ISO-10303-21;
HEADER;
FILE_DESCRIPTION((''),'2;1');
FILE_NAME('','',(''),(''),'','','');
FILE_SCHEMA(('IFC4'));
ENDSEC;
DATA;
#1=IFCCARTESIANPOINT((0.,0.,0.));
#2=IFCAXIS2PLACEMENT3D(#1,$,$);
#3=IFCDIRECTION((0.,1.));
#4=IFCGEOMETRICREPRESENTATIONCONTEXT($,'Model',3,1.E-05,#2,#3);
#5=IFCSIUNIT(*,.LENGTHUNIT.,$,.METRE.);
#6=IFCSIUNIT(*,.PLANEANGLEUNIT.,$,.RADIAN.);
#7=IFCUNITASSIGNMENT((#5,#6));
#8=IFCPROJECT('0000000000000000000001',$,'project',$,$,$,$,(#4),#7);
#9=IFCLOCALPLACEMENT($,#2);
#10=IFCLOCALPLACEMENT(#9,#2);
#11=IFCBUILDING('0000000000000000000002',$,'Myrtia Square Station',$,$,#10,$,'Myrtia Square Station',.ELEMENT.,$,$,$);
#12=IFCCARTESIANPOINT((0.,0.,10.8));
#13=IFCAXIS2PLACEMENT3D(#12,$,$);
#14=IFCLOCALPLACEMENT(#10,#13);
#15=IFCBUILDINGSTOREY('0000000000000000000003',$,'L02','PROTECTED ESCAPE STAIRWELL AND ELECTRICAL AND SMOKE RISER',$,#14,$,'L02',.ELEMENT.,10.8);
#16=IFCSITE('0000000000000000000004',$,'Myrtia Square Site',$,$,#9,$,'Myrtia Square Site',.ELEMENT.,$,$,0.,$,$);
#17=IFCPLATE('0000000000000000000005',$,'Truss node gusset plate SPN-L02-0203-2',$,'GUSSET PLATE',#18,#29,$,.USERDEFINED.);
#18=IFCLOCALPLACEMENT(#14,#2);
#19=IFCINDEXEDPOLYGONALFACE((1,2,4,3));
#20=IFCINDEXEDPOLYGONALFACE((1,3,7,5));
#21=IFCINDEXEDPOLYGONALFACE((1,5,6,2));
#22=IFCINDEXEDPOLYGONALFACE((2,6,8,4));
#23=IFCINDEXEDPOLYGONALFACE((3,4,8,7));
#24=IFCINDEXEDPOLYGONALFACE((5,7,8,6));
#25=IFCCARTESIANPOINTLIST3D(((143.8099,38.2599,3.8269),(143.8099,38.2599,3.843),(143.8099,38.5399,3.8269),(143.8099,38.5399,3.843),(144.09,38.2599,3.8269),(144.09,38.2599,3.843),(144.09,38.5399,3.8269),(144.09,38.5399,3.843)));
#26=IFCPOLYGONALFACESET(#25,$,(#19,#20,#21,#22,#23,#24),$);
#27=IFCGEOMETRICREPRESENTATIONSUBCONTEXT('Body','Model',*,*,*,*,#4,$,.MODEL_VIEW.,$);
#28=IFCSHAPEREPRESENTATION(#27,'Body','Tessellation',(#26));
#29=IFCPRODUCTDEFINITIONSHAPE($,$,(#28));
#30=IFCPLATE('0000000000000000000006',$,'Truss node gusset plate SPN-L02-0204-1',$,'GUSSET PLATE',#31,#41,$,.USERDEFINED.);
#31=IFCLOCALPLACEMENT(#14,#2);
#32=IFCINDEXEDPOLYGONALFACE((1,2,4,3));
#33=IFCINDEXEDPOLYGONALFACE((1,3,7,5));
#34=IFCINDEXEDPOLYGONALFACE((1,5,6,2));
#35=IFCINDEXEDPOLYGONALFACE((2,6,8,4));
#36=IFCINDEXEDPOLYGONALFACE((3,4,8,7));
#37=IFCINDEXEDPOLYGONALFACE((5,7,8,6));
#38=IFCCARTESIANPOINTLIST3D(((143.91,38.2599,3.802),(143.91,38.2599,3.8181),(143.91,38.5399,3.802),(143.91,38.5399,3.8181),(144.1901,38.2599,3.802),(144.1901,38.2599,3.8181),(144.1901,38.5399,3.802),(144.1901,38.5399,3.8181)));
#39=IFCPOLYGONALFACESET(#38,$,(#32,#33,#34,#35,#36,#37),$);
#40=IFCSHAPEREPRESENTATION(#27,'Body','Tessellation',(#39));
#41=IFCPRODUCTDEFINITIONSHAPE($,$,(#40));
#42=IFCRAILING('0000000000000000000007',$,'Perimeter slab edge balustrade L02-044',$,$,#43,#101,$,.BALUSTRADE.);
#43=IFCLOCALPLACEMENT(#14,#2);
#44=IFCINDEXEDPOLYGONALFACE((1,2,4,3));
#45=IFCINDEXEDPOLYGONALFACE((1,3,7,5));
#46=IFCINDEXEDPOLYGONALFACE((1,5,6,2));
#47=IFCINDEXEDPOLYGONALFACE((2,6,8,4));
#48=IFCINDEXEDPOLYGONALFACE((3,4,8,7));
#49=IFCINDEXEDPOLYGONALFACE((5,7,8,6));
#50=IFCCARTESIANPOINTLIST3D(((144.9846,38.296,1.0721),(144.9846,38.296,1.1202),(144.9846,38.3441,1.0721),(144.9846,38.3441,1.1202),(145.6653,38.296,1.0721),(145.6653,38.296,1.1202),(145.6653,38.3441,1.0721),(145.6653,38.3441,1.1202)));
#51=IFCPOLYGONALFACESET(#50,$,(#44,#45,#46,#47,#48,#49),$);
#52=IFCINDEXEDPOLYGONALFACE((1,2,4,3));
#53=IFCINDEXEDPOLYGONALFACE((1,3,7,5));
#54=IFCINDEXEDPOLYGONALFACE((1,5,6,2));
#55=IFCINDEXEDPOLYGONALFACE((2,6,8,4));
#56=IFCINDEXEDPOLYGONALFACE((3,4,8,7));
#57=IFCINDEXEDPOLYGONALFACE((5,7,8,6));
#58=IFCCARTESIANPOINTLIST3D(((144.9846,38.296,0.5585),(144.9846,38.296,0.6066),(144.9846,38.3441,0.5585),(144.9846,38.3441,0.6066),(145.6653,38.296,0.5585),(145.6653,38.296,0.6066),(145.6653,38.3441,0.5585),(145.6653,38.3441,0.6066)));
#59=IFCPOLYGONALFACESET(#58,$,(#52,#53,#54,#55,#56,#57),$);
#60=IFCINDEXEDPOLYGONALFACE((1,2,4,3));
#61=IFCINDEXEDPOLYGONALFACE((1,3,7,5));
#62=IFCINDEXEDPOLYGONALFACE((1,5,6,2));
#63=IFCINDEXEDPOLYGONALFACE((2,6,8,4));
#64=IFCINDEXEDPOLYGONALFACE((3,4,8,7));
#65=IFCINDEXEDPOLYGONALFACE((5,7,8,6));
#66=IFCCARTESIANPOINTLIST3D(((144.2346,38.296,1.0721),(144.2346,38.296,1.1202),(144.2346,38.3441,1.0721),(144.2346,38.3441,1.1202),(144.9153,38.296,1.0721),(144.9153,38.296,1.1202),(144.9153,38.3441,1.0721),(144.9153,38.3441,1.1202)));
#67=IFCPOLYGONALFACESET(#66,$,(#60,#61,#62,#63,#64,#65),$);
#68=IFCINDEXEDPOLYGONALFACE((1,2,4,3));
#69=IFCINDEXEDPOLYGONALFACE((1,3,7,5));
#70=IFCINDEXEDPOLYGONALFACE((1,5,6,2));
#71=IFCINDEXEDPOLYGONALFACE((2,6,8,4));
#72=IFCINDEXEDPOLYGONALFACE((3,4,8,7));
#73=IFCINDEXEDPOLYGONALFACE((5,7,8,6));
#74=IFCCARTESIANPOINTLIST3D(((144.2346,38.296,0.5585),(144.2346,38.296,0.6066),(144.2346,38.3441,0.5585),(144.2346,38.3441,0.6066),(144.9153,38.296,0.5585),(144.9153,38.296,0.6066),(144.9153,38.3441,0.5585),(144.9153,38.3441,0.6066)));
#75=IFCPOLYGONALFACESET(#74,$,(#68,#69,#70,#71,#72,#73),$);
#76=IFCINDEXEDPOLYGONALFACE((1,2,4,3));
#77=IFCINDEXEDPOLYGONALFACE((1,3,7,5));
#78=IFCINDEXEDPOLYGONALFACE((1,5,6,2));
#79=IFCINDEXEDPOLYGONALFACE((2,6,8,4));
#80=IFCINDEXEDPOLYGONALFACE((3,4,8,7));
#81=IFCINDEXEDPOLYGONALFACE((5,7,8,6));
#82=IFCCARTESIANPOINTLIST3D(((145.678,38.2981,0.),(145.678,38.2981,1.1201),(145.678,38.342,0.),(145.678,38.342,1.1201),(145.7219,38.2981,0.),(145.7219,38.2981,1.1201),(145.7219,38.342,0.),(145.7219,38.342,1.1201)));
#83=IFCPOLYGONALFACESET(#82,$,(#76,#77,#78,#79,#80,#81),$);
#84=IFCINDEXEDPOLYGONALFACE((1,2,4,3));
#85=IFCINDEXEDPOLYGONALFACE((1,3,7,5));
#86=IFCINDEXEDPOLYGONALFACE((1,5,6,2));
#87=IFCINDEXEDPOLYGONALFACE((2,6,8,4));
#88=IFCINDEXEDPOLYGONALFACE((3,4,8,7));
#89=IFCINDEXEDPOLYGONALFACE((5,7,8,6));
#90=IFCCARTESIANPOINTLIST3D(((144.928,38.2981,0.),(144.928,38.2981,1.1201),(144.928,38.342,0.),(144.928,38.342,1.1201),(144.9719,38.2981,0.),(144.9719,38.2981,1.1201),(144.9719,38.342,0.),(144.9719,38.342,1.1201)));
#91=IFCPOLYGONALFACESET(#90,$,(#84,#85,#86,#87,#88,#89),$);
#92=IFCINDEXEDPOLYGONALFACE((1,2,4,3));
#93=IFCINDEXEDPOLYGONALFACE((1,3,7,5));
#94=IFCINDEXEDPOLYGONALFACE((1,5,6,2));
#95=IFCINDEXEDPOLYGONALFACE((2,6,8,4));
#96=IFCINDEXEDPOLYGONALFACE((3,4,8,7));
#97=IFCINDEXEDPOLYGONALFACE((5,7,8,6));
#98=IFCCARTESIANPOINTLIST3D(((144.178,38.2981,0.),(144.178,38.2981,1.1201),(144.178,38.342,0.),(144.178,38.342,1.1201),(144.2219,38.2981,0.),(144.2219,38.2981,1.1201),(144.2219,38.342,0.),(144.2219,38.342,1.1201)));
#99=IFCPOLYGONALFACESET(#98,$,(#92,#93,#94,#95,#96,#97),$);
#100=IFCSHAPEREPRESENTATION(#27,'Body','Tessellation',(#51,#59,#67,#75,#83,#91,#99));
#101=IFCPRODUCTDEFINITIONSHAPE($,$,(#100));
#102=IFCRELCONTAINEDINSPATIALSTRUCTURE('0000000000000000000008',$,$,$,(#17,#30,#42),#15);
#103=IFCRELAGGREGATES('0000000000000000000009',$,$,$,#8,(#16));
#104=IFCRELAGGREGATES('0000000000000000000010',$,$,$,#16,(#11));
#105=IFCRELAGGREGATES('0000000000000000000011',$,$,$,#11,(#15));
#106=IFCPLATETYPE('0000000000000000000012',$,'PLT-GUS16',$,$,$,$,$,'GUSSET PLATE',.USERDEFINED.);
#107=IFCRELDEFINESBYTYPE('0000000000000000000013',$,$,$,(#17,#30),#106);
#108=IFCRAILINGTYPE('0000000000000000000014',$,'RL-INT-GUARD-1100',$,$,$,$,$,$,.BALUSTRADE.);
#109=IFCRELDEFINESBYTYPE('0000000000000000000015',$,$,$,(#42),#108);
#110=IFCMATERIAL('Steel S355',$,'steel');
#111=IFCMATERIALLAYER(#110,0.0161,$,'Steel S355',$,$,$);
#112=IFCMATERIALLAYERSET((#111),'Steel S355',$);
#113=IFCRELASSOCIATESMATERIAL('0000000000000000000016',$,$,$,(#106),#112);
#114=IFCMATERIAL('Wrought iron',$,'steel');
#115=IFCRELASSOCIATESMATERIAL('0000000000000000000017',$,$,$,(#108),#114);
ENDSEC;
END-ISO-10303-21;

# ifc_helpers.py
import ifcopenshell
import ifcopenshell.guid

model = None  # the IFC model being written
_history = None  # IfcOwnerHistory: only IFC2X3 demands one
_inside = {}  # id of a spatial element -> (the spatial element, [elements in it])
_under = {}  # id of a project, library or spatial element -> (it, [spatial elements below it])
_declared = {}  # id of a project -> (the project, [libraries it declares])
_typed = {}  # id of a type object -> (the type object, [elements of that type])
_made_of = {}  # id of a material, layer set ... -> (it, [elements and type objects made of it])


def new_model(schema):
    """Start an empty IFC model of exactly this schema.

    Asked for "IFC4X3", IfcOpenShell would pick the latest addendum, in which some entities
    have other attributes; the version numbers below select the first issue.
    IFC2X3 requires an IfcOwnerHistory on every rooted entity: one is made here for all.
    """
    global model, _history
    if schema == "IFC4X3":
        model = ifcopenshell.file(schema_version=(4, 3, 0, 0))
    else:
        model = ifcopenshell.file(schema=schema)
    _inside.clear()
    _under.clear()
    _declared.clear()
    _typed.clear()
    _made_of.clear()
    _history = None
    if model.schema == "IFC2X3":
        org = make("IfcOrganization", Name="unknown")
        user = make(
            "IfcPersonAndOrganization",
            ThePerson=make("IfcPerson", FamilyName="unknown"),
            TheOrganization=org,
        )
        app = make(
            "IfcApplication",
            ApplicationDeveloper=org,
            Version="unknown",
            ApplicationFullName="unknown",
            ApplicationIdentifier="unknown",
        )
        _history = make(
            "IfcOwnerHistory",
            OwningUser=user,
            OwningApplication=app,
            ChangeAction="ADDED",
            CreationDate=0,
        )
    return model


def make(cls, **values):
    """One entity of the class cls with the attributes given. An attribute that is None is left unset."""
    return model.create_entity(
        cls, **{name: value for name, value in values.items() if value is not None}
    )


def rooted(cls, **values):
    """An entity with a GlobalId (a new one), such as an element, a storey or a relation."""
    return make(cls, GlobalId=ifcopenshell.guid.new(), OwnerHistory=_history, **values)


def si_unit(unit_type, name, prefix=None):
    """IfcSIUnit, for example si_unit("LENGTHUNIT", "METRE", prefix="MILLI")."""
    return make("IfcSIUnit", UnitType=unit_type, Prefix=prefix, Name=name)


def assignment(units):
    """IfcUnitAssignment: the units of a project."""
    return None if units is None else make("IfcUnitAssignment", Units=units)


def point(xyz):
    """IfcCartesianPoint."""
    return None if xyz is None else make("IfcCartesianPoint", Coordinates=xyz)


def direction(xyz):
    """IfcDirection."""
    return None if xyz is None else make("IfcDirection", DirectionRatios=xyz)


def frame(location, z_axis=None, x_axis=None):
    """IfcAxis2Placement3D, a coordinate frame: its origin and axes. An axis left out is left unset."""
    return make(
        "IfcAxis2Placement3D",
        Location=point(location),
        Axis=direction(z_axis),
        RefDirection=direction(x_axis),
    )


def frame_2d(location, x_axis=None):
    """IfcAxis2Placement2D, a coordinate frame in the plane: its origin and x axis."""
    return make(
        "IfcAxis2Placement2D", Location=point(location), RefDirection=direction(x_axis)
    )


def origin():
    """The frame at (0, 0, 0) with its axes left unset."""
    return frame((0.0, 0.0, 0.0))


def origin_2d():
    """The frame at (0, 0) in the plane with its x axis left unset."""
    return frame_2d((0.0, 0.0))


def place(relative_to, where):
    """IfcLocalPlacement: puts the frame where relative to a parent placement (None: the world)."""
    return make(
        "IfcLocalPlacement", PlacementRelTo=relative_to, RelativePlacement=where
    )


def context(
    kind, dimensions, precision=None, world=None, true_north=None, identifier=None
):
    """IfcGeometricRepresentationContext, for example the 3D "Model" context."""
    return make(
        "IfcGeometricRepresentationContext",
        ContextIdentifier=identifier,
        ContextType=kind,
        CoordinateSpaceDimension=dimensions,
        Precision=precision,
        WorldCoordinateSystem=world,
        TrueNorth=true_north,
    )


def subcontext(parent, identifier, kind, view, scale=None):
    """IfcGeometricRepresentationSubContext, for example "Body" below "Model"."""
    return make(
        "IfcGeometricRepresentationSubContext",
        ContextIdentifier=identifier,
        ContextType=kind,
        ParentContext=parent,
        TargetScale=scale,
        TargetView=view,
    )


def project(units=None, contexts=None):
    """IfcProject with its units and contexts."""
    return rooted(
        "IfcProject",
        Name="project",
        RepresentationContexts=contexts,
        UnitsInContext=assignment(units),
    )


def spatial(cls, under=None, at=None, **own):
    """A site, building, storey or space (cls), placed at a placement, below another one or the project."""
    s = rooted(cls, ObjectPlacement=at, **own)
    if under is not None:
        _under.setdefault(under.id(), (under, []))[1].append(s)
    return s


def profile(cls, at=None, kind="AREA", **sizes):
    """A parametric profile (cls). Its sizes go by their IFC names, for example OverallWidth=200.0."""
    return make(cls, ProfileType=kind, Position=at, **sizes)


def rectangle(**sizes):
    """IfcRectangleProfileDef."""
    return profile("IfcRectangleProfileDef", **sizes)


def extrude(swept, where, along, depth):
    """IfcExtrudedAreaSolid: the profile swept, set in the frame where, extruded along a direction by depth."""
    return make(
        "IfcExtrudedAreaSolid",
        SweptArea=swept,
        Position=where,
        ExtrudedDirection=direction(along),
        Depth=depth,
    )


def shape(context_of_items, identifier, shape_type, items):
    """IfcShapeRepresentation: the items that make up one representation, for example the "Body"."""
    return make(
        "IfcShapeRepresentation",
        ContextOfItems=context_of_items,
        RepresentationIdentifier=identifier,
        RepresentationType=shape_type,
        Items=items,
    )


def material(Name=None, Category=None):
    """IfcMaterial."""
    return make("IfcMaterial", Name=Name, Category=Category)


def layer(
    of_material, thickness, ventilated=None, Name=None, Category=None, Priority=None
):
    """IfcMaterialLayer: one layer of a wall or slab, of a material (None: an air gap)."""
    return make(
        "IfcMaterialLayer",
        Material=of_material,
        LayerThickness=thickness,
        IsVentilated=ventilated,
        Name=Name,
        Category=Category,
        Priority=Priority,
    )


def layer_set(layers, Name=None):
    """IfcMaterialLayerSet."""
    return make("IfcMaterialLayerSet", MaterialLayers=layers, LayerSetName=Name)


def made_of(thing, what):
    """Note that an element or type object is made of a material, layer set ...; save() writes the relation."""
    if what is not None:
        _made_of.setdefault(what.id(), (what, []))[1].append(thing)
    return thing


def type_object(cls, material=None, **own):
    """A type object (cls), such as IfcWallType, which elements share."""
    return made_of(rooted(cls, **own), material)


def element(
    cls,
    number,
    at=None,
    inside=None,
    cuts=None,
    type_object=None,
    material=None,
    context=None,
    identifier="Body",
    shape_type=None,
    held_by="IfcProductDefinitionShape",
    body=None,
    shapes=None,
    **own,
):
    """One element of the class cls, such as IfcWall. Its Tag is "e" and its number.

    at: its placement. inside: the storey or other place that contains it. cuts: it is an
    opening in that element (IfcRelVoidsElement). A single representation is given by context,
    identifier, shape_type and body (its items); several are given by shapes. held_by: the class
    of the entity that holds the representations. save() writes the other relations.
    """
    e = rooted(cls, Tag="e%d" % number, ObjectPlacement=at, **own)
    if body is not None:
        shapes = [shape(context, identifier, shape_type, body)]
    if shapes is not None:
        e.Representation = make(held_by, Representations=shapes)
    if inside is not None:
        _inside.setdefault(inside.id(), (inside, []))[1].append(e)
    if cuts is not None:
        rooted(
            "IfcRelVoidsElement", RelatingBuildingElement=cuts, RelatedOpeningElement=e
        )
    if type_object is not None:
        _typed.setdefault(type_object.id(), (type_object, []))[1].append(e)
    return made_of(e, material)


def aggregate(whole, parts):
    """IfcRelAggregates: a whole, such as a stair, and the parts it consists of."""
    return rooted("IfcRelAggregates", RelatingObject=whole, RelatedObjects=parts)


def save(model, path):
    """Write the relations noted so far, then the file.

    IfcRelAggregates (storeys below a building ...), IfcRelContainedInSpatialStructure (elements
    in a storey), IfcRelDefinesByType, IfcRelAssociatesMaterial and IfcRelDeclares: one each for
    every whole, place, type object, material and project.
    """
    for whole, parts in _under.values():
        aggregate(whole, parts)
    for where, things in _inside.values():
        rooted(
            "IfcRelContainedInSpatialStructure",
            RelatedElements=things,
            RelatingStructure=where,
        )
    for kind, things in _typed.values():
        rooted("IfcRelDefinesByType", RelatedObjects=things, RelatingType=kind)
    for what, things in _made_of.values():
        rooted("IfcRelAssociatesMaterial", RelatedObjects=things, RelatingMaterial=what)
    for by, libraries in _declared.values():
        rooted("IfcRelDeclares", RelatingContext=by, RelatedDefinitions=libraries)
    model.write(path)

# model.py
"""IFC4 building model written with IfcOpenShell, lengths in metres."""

from ifc_helpers import new_model, si_unit, direction, frame, origin, origin_2d, place, context, subcontext, project, spatial, rectangle, extrude, material, layer, layer_set, type_object, element, save


model = new_model("IFC4")

# Units and contexts
model_context = context("Model", 3, precision=1e-05, world=origin(), true_north=direction((0.0, 1.0)))
body_context = subcontext(model_context, "Body", "Model", "MODEL_VIEW")
ifc_project = project(units=[si_unit("LENGTHUNIT", "METRE"), si_unit("PLANEANGLEUNIT", "RADIAN")], contexts=[model_context])

# Site, building, storey
site_placement = place(None, origin())
site = spatial("IfcSite", under=ifc_project, at=site_placement, Name="Myrtia Square Site", LongName="Myrtia Square Site", CompositionType="ELEMENT", RefElevation=0.0)
building_placement = place(site_placement, origin())
building = spatial("IfcBuilding", under=site, at=building_placement, Name="Myrtia Square Station", LongName="Myrtia Square Station", CompositionType="ELEMENT")
storey_placement = place(building_placement, frame((0.0, 0.0, 10.8)))
storey = spatial("IfcBuildingStorey", under=building, at=storey_placement, Name="L02", Description="PROTECTED ESCAPE STAIRWELL AND ELECTRICAL AND SMOKE RISER", LongName="L02", CompositionType="ELEMENT", Elevation=10.8)

# Shared definitions
ifc_material_1 = material(Name="Steel S355", Category="steel")

# Plates
ifc_layer_1 = layer(ifc_material_1, 0.0161, Name="Steel S355")
ifc_layer_set_1 = layer_set([ifc_layer_1], Name="Steel S355")
plate_type_1 = type_object("IfcPlateType", Name="PLT-GUS16", ElementType="GUSSET PLATE", PredefinedType="USERDEFINED", material=ifc_layer_set_1)
for number, where, z_axis, x_axis, name in (
    (1, (143.95, 38.3999, 3.8269), (0.0, 0.0, 1.0), (1.0, 0.0, 0.0), "Truss node gusset plate SPN-L02-0203-2"),
    (2, (144.05, 38.3999, 3.802), (0.0, 0.0, 1.0), (1.0, 0.0, 0.0), "Truss node gusset plate SPN-L02-0204-1"),
):
    element("IfcPlate", number, at=place(storey_placement, frame(where, z_axis=z_axis, x_axis=x_axis)), inside=storey, type_object=plate_type_1, Name=name, ObjectType="GUSSET PLATE", PredefinedType="USERDEFINED", context=body_context, shape_type="SweptSolid", body=[
        extrude(rectangle(XDim=0.28, YDim=0.28, at=origin_2d()), origin(), (0.0, 0.0, 1.0), 0.0161),
    ])

# Railing
ifc_material_2 = material(Name="Wrought iron", Category="steel")
railing_type = type_object("IfcRailingType", Name="RL-INT-GUARD-1100", PredefinedType="BALUSTRADE", material=ifc_material_2)
railing_placement = place(storey_placement, frame((145.7, 38.3201, 0.0)))
element("IfcRailing", 3, at=railing_placement, inside=storey, type_object=railing_type, Name="Perimeter slab edge balustrade L02-044", PredefinedType="BALUSTRADE", context=body_context, shape_type="SweptSolid", body=[
    extrude(rectangle(XDim=0.0481, YDim=0.0481, at=origin_2d()), frame((-0.0347, 0.0, 1.0962), z_axis=(-1.0, 0.0, 0.0), x_axis=(0.0, -1.0, 0.0)), (0.0, 0.0, 1.0), 0.6807),
    extrude(rectangle(XDim=0.0481, YDim=0.0481, at=origin_2d()), frame((-0.0347, 0.0, 0.5825), z_axis=(-1.0, 0.0, 0.0), x_axis=(0.0, -1.0, 0.0)), (0.0, 0.0, 1.0), 0.6807),
    extrude(rectangle(XDim=0.0481, YDim=0.0481, at=origin_2d()), frame((-0.7847, 0.0, 1.0962), z_axis=(-1.0, 0.0, 0.0), x_axis=(0.0, -1.0, 0.0)), (0.0, 0.0, 1.0), 0.6807),
    extrude(rectangle(XDim=0.0481, YDim=0.0481, at=origin_2d()), frame((-0.7847, 0.0, 0.5825), z_axis=(-1.0, 0.0, 0.0), x_axis=(0.0, -1.0, 0.0)), (0.0, 0.0, 1.0), 0.6807),
    extrude(rectangle(XDim=0.0439, YDim=0.0439, at=origin_2d()), origin(), (0.0, 0.0, 1.0), 1.1201),
    extrude(rectangle(XDim=0.0439, YDim=0.0439, at=origin_2d()), frame((-0.75, 0.0, 0.0)), (0.0, 0.0, 1.0), 1.1201),
    extrude(rectangle(XDim=0.0439, YDim=0.0439, at=origin_2d()), frame((-1.5, 0.0, 0.0)), (0.0, 0.0, 1.0), 1.1201),
])

save(model, "model.ifc")
